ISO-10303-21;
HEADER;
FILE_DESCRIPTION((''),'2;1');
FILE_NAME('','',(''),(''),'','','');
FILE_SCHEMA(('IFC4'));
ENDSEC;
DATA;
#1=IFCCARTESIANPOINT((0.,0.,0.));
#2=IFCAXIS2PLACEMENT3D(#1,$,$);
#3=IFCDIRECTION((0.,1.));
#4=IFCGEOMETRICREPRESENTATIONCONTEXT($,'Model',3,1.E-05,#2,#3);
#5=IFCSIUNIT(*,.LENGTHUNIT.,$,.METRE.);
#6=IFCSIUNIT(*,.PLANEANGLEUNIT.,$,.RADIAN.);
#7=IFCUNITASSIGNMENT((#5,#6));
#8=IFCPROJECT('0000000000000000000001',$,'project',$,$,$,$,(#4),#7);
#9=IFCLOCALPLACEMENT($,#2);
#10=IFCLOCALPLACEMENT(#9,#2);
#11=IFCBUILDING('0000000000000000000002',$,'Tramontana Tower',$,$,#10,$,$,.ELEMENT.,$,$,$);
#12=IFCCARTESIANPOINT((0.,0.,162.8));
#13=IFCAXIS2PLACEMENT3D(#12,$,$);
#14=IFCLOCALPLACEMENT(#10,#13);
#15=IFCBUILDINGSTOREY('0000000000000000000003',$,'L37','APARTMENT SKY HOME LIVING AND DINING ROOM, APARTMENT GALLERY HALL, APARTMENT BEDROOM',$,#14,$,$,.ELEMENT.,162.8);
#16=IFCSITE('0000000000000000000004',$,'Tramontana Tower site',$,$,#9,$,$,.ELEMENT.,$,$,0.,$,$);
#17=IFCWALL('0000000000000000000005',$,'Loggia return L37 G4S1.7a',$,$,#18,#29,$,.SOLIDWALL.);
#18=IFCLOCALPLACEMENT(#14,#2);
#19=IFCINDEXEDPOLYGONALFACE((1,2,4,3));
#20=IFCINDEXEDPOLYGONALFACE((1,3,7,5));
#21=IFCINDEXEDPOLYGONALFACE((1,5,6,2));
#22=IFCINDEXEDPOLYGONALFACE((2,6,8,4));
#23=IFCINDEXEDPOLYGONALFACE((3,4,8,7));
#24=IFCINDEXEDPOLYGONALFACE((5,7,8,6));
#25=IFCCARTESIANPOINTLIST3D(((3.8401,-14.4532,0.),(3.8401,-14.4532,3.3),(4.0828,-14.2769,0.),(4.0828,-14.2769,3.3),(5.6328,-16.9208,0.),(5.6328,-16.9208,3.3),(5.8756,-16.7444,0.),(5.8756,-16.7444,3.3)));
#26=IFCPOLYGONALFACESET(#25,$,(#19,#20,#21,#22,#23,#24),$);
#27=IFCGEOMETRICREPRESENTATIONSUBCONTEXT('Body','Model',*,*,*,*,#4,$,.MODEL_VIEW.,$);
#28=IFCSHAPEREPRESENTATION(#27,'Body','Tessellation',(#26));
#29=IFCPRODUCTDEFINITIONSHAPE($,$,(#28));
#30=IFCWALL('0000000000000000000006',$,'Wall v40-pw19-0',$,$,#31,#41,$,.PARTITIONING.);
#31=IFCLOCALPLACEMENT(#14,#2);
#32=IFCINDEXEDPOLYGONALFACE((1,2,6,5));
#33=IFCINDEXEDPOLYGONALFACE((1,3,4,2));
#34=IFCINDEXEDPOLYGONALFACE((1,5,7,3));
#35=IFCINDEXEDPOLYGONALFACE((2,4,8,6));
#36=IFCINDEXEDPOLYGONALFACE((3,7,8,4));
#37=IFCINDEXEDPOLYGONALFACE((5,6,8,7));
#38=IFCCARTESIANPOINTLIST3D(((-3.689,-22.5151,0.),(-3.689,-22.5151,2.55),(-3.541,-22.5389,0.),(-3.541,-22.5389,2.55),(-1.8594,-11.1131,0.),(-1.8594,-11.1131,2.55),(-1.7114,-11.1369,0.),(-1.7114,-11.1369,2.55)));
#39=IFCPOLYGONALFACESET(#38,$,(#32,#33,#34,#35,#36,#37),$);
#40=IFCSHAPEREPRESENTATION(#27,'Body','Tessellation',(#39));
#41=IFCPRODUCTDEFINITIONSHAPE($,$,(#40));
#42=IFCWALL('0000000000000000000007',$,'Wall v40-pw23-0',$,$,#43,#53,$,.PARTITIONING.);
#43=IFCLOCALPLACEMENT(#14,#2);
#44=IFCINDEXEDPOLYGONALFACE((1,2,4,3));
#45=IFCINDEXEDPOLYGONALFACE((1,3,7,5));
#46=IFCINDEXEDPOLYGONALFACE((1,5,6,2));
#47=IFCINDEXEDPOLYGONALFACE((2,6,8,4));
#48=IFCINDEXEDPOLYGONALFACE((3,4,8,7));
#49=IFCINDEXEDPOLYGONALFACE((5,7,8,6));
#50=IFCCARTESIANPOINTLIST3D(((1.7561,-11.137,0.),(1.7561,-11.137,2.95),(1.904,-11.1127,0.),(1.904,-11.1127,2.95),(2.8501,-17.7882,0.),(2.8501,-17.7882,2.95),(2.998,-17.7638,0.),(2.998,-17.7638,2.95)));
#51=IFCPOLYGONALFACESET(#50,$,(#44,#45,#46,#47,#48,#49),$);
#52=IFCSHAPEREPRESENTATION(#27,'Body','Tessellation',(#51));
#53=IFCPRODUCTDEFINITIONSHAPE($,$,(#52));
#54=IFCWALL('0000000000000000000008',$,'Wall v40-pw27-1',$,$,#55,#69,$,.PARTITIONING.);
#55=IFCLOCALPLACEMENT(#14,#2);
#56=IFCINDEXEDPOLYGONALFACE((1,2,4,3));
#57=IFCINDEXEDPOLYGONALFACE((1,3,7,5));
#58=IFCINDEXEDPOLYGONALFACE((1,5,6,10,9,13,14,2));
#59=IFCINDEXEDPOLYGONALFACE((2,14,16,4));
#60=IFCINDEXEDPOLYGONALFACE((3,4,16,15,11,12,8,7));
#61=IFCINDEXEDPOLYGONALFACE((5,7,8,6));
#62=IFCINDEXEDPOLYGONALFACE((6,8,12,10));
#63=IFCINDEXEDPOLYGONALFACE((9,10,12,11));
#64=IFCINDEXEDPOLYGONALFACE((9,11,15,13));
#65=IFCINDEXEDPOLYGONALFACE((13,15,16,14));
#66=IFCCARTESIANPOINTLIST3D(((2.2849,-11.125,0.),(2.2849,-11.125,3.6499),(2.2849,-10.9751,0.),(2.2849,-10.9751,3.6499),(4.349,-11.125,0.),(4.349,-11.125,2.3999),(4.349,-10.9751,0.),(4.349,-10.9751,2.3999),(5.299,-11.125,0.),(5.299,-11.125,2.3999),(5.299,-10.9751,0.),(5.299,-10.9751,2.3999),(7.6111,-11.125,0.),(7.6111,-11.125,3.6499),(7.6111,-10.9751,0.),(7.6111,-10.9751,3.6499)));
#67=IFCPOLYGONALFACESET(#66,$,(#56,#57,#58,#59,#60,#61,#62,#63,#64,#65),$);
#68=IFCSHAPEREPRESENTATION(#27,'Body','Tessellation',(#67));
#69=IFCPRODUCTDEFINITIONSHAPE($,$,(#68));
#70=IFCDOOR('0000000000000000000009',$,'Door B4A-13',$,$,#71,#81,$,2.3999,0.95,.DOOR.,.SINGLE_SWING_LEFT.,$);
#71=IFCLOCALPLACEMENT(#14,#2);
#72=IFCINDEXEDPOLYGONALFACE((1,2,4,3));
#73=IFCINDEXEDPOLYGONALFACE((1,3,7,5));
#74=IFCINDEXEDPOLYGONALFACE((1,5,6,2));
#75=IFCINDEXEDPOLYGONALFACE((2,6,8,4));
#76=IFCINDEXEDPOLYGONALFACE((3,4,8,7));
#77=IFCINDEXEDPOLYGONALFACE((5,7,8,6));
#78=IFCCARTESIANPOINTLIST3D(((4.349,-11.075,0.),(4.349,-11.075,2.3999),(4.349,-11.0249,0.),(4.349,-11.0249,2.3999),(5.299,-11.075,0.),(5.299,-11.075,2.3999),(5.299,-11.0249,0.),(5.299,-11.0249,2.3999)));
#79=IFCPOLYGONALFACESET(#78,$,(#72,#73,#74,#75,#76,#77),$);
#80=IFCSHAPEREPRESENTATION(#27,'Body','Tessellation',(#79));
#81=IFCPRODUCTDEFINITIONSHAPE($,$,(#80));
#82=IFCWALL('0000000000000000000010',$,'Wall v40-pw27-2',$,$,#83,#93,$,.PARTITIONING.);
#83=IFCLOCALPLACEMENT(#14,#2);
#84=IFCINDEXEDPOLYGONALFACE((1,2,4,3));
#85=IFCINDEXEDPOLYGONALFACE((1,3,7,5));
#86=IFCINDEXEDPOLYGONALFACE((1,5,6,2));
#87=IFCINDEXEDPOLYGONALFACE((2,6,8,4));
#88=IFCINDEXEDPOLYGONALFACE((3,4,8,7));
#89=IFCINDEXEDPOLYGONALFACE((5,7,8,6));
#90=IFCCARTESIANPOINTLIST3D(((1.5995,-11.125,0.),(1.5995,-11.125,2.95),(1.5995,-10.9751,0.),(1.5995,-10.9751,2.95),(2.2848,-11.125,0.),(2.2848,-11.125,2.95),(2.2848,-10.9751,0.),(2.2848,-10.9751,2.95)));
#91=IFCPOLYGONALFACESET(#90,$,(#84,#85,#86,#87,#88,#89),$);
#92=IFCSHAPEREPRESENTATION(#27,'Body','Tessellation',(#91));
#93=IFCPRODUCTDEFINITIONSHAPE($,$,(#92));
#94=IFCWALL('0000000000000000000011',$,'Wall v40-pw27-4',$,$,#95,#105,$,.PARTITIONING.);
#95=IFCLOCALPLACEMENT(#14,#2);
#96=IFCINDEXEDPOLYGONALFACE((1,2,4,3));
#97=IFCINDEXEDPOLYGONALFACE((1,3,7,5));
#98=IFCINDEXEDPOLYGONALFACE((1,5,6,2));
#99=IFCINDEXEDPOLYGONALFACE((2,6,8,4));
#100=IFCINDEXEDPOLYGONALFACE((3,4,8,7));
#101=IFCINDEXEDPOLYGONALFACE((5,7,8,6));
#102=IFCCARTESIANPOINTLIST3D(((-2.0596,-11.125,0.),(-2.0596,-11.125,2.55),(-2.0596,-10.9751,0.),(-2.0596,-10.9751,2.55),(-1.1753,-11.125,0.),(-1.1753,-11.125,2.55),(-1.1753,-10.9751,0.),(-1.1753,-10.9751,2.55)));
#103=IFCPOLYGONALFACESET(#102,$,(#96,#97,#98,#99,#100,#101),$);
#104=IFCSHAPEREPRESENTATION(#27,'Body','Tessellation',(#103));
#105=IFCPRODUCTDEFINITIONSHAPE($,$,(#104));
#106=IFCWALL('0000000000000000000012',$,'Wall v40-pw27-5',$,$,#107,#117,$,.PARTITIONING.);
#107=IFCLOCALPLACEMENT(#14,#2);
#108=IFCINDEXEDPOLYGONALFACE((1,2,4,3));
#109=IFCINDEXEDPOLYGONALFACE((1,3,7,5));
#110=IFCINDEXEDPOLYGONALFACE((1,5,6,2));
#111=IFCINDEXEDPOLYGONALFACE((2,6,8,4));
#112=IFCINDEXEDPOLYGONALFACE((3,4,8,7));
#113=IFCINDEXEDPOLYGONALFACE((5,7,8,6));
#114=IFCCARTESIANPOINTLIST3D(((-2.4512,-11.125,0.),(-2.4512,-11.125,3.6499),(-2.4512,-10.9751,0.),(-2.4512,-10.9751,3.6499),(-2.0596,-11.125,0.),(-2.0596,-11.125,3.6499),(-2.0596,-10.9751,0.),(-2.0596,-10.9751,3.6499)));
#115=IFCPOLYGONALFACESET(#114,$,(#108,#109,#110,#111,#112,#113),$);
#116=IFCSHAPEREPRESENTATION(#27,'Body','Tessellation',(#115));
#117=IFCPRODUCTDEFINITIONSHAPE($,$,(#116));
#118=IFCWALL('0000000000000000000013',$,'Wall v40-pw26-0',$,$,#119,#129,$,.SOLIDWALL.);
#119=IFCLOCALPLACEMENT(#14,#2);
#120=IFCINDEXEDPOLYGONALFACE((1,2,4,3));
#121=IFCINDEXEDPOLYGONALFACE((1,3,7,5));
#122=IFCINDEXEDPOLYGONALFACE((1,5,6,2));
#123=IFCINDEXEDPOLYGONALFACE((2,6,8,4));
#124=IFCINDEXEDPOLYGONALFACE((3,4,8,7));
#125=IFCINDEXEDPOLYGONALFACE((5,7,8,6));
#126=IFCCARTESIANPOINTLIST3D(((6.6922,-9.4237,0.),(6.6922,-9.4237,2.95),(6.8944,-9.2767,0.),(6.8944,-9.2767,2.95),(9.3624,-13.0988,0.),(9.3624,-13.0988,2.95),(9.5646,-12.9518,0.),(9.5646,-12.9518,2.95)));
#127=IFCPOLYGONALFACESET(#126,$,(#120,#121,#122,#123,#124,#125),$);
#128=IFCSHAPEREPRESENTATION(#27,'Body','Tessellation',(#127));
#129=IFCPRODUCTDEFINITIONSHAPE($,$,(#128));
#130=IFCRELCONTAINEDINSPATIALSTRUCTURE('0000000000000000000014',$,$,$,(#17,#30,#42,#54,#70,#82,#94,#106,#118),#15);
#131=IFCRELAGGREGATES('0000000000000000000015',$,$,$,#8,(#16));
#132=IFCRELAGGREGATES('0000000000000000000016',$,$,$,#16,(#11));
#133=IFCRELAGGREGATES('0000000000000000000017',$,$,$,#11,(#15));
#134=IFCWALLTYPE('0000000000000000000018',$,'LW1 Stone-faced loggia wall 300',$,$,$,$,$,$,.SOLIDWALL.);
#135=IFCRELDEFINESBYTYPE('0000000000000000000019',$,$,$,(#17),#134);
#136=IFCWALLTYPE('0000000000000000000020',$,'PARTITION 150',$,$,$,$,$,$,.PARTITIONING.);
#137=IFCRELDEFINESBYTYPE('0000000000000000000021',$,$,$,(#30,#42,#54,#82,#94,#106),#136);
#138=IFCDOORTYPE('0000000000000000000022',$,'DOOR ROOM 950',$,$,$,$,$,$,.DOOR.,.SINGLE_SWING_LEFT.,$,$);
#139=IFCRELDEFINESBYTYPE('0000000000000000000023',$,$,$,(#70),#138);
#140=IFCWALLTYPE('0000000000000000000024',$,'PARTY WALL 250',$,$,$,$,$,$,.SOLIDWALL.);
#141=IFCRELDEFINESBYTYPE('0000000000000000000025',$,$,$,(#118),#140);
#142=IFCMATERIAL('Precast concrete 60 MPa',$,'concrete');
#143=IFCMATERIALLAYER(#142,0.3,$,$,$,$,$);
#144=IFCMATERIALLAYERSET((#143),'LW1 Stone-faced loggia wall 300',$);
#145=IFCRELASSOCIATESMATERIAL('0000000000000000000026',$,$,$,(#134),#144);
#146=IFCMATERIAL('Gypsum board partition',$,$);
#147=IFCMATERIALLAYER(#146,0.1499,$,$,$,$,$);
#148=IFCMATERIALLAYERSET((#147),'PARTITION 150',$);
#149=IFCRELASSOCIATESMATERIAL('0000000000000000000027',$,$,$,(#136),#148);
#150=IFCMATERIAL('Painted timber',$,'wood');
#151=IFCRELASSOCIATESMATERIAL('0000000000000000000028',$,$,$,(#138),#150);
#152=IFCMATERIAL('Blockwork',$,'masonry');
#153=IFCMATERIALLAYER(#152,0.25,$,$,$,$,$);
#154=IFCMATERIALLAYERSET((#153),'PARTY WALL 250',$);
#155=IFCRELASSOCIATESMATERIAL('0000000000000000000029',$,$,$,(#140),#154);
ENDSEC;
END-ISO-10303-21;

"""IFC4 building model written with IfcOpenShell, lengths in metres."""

from ifc_helpers import new_model, si_unit, direction, frame, frame_2d, origin, place, context, subcontext, project, spatial, rectangle, extrude, material, layer, layer_set, type_object, element, fill, save


model = new_model("IFC4")

# Units and contexts
model_context = context("Model", 3, precision=1e-05, world=origin(), true_north=direction((0.0, 1.0)))
body_context = subcontext(model_context, "Body", "Model", "MODEL_VIEW")
ifc_project = project(units=[si_unit("LENGTHUNIT", "METRE"), si_unit("PLANEANGLEUNIT", "RADIAN")], contexts=[model_context])

# Site, building, storey
site_placement = place(None, origin())
site = spatial("IfcSite", under=ifc_project, at=site_placement, Name="Tramontana Tower site", CompositionType="ELEMENT", RefElevation=0.0)
building_placement = place(site_placement, origin())
building = spatial("IfcBuilding", under=site, at=building_placement, Name="Tramontana Tower", CompositionType="ELEMENT")
storey_placement = place(building_placement, frame((0.0, 0.0, 162.8)))
storey = spatial("IfcBuildingStorey", under=building, at=storey_placement, Name="L37", Description="APARTMENT SKY HOME LIVING AND DINING ROOM, APARTMENT GALLERY HALL, APARTMENT BEDROOM", CompositionType="ELEMENT", Elevation=162.8)

# Shared definitions
ifc_material_1 = material(Name="Precast concrete 60 MPa", Category="concrete")
ifc_layer_1 = layer(ifc_material_1, 0.3)
ifc_layer_set_1 = layer_set([ifc_layer_1], Name="LW1 Stone-faced loggia wall 300")
wall_type_1 = type_object("IfcWallType", Name="LW1 Stone-faced loggia wall 300", PredefinedType="SOLIDWALL", material=ifc_layer_set_1)

# Walls
wall_1_placement = place(storey_placement, frame((5.7542, -16.8325, 0.0), z_axis=(0.0, 0.0, 1.0), x_axis=(-0.587777, 0.809023, 0.0)))
element("IfcWall", 1, at=wall_1_placement, inside=storey, type_object=wall_type_1, Name="Loggia return L37 G4S1.7a", PredefinedType="SOLIDWALL", context=body_context, shape_type="SweptSolid", body=[
    extrude(rectangle(XDim=3.05, YDim=0.3, at=frame_2d((1.5249, 0.0))), origin(), (0.0, 0.0, 1.0), 3.3),
])
ifc_material_2 = material(Name="Gypsum board partition")
ifc_layer_2 = layer(ifc_material_2, 0.1499)
ifc_layer_set_2 = layer_set([ifc_layer_2], Name="PARTITION 150")
wall_type_2 = type_object("IfcWallType", Name="PARTITION 150", PredefinedType="PARTITIONING", material=ifc_layer_set_2)
wall_2_placement = place(storey_placement, frame((-1.7854, -11.125, 0.0), z_axis=(0.0, 0.0, 1.0), x_axis=(-0.158434, -0.98737, 0.0)))
element("IfcWall", 2, at=wall_2_placement, inside=storey, type_object=wall_type_2, Name="Wall v40-pw19-0", PredefinedType="PARTITIONING", context=body_context, shape_type="SweptSolid", body=[
    extrude(rectangle(XDim=11.5479, YDim=0.1499, at=frame_2d((5.7739, 0.0))), origin(), (0.0, 0.0, 1.0), 2.55),
])
wall_3_placement = place(storey_placement, frame((1.8301, -11.125, 0.0), z_axis=(0.0, 0.0, 1.0), x_axis=(0.162302, -0.986741, 0.0)))
element("IfcWall", 3, at=wall_3_placement, inside=storey, type_object=wall_type_2, Name="Wall v40-pw23-0", PredefinedType="PARTITIONING", context=body_context, shape_type="SweptSolid", body=[
    extrude(rectangle(XDim=6.7405, YDim=0.1499, at=frame_2d((3.3701, 0.0))), origin(), (0.0, 0.0, 1.0), 2.95),
])

# Wall, opening, door
wall_4_placement = place(storey_placement, frame((7.6111, -11.05, 0.0), z_axis=(0.0, 0.0, 1.0), x_axis=(-1.0, 0.0, 0.0)))
wall_4 = element("IfcWall", 4, at=wall_4_placement, inside=storey, type_object=wall_type_2, Name="Wall v40-pw27-1", PredefinedType="PARTITIONING", context=body_context, shape_type="SweptSolid", body=[
    extrude(rectangle(XDim=5.3262, YDim=0.1499, at=frame_2d((2.6631, 0.0))), origin(), (0.0, 0.0, 1.0), 3.6499),
])
opening_1_placement = place(wall_4_placement, frame((2.312, 0.0, 0.0)))
opening_1 = element("IfcOpeningElement", 5, at=opening_1_placement, cuts=wall_4, PredefinedType="OPENING", context=body_context, shape_type="SweptSolid", body=[
    extrude(rectangle(XDim=0.95, YDim=2.3999, at=frame_2d((0.4751, 1.2))), frame((0.0, 0.085, 0.0), z_axis=(0.0, -1.0, 0.0), x_axis=(1.0, 0.0, 0.0)), (0.0, 0.0, 1.0), 0.1699),
])
ifc_material_3 = material(Name="Painted timber", Category="wood")
door_type_1 = type_object("IfcDoorType", Name="DOOR ROOM 950", OperationType="SINGLE_SWING_LEFT", PredefinedType="DOOR", material=ifc_material_3)
door_1_placement = place(opening_1_placement, origin())
door_1 = element("IfcDoor", 6, at=door_1_placement, inside=storey, type_object=door_type_1, Name="Door B4A-13", OperationType="SINGLE_SWING_LEFT", OverallHeight=2.3999, OverallWidth=0.95, PredefinedType="DOOR", context=body_context, shape_type="SweptSolid", body=[
    extrude(rectangle(XDim=0.95, YDim=2.3999, at=frame_2d((0.4751, 1.2))), frame((0.0, 0.0249, 0.0), z_axis=(0.0, -1.0, 0.0), x_axis=(1.0, 0.0, 0.0)), (0.0, 0.0, 1.0), 0.05),
])
fill(opening_1, door_1)

# Wall
wall_5_placement = place(storey_placement, frame((2.2849, -11.05, 0.0), z_axis=(0.0, 0.0, 1.0), x_axis=(-1.0, 0.0, 0.0)))
element("IfcWall", 7, at=wall_5_placement, inside=storey, type_object=wall_type_2, Name="Wall v40-pw27-2", PredefinedType="PARTITIONING", context=body_context, shape_type="SweptSolid", body=[
    extrude(rectangle(XDim=0.6853, YDim=0.1499, at=frame_2d((0.3428, 0.0))), origin(), (0.0, 0.0, 1.0), 2.95),
])

# Walls
wall_6_placement = place(storey_placement, frame((-1.1753, -11.05, 0.0), z_axis=(0.0, 0.0, 1.0), x_axis=(-1.0, 0.0, 0.0)))
element("IfcWall", 8, at=wall_6_placement, inside=storey, type_object=wall_type_2, Name="Wall v40-pw27-4", PredefinedType="PARTITIONING", context=body_context, shape_type="SweptSolid", body=[
    extrude(rectangle(XDim=0.8843, YDim=0.1499, at=frame_2d((0.4421, 0.0))), origin(), (0.0, 0.0, 1.0), 2.55),
])
wall_7_placement = place(storey_placement, frame((-2.0596, -11.05, 0.0), z_axis=(0.0, 0.0, 1.0), x_axis=(-1.0, 0.0, 0.0)))
element("IfcWall", 9, at=wall_7_placement, inside=storey, type_object=wall_type_2, Name="Wall v40-pw27-5", PredefinedType="PARTITIONING", context=body_context, shape_type="SweptSolid", body=[
    extrude(rectangle(XDim=0.3916, YDim=0.1499, at=frame_2d((0.1958, 0.0))), origin(), (0.0, 0.0, 1.0), 3.6499),
])
ifc_material_4 = material(Name="Blockwork", Category="masonry")
ifc_layer_3 = layer(ifc_material_4, 0.25)
ifc_layer_set_3 = layer_set([ifc_layer_3], Name="PARTY WALL 250")
wall_type_3 = type_object("IfcWallType", Name="PARTY WALL 250", PredefinedType="SOLIDWALL", material=ifc_layer_set_3)
wall_8_placement = place(storey_placement, frame((6.7932, -9.3501, 0.0), z_axis=(0.0, 0.0, 1.0), x_axis=(0.587798, -0.809008, 0.0)))
element("IfcWall", 10, at=wall_8_placement, inside=storey, type_object=wall_type_3, Name="Wall v40-pw26-0", PredefinedType="SOLIDWALL", context=body_context, shape_type="SweptSolid", body=[
    extrude(rectangle(XDim=4.5427, YDim=0.25, at=frame_2d((2.2715, 0.0))), origin(), (0.0, 0.0, 1.0), 2.95),
])

save(model, "model.ifc")
